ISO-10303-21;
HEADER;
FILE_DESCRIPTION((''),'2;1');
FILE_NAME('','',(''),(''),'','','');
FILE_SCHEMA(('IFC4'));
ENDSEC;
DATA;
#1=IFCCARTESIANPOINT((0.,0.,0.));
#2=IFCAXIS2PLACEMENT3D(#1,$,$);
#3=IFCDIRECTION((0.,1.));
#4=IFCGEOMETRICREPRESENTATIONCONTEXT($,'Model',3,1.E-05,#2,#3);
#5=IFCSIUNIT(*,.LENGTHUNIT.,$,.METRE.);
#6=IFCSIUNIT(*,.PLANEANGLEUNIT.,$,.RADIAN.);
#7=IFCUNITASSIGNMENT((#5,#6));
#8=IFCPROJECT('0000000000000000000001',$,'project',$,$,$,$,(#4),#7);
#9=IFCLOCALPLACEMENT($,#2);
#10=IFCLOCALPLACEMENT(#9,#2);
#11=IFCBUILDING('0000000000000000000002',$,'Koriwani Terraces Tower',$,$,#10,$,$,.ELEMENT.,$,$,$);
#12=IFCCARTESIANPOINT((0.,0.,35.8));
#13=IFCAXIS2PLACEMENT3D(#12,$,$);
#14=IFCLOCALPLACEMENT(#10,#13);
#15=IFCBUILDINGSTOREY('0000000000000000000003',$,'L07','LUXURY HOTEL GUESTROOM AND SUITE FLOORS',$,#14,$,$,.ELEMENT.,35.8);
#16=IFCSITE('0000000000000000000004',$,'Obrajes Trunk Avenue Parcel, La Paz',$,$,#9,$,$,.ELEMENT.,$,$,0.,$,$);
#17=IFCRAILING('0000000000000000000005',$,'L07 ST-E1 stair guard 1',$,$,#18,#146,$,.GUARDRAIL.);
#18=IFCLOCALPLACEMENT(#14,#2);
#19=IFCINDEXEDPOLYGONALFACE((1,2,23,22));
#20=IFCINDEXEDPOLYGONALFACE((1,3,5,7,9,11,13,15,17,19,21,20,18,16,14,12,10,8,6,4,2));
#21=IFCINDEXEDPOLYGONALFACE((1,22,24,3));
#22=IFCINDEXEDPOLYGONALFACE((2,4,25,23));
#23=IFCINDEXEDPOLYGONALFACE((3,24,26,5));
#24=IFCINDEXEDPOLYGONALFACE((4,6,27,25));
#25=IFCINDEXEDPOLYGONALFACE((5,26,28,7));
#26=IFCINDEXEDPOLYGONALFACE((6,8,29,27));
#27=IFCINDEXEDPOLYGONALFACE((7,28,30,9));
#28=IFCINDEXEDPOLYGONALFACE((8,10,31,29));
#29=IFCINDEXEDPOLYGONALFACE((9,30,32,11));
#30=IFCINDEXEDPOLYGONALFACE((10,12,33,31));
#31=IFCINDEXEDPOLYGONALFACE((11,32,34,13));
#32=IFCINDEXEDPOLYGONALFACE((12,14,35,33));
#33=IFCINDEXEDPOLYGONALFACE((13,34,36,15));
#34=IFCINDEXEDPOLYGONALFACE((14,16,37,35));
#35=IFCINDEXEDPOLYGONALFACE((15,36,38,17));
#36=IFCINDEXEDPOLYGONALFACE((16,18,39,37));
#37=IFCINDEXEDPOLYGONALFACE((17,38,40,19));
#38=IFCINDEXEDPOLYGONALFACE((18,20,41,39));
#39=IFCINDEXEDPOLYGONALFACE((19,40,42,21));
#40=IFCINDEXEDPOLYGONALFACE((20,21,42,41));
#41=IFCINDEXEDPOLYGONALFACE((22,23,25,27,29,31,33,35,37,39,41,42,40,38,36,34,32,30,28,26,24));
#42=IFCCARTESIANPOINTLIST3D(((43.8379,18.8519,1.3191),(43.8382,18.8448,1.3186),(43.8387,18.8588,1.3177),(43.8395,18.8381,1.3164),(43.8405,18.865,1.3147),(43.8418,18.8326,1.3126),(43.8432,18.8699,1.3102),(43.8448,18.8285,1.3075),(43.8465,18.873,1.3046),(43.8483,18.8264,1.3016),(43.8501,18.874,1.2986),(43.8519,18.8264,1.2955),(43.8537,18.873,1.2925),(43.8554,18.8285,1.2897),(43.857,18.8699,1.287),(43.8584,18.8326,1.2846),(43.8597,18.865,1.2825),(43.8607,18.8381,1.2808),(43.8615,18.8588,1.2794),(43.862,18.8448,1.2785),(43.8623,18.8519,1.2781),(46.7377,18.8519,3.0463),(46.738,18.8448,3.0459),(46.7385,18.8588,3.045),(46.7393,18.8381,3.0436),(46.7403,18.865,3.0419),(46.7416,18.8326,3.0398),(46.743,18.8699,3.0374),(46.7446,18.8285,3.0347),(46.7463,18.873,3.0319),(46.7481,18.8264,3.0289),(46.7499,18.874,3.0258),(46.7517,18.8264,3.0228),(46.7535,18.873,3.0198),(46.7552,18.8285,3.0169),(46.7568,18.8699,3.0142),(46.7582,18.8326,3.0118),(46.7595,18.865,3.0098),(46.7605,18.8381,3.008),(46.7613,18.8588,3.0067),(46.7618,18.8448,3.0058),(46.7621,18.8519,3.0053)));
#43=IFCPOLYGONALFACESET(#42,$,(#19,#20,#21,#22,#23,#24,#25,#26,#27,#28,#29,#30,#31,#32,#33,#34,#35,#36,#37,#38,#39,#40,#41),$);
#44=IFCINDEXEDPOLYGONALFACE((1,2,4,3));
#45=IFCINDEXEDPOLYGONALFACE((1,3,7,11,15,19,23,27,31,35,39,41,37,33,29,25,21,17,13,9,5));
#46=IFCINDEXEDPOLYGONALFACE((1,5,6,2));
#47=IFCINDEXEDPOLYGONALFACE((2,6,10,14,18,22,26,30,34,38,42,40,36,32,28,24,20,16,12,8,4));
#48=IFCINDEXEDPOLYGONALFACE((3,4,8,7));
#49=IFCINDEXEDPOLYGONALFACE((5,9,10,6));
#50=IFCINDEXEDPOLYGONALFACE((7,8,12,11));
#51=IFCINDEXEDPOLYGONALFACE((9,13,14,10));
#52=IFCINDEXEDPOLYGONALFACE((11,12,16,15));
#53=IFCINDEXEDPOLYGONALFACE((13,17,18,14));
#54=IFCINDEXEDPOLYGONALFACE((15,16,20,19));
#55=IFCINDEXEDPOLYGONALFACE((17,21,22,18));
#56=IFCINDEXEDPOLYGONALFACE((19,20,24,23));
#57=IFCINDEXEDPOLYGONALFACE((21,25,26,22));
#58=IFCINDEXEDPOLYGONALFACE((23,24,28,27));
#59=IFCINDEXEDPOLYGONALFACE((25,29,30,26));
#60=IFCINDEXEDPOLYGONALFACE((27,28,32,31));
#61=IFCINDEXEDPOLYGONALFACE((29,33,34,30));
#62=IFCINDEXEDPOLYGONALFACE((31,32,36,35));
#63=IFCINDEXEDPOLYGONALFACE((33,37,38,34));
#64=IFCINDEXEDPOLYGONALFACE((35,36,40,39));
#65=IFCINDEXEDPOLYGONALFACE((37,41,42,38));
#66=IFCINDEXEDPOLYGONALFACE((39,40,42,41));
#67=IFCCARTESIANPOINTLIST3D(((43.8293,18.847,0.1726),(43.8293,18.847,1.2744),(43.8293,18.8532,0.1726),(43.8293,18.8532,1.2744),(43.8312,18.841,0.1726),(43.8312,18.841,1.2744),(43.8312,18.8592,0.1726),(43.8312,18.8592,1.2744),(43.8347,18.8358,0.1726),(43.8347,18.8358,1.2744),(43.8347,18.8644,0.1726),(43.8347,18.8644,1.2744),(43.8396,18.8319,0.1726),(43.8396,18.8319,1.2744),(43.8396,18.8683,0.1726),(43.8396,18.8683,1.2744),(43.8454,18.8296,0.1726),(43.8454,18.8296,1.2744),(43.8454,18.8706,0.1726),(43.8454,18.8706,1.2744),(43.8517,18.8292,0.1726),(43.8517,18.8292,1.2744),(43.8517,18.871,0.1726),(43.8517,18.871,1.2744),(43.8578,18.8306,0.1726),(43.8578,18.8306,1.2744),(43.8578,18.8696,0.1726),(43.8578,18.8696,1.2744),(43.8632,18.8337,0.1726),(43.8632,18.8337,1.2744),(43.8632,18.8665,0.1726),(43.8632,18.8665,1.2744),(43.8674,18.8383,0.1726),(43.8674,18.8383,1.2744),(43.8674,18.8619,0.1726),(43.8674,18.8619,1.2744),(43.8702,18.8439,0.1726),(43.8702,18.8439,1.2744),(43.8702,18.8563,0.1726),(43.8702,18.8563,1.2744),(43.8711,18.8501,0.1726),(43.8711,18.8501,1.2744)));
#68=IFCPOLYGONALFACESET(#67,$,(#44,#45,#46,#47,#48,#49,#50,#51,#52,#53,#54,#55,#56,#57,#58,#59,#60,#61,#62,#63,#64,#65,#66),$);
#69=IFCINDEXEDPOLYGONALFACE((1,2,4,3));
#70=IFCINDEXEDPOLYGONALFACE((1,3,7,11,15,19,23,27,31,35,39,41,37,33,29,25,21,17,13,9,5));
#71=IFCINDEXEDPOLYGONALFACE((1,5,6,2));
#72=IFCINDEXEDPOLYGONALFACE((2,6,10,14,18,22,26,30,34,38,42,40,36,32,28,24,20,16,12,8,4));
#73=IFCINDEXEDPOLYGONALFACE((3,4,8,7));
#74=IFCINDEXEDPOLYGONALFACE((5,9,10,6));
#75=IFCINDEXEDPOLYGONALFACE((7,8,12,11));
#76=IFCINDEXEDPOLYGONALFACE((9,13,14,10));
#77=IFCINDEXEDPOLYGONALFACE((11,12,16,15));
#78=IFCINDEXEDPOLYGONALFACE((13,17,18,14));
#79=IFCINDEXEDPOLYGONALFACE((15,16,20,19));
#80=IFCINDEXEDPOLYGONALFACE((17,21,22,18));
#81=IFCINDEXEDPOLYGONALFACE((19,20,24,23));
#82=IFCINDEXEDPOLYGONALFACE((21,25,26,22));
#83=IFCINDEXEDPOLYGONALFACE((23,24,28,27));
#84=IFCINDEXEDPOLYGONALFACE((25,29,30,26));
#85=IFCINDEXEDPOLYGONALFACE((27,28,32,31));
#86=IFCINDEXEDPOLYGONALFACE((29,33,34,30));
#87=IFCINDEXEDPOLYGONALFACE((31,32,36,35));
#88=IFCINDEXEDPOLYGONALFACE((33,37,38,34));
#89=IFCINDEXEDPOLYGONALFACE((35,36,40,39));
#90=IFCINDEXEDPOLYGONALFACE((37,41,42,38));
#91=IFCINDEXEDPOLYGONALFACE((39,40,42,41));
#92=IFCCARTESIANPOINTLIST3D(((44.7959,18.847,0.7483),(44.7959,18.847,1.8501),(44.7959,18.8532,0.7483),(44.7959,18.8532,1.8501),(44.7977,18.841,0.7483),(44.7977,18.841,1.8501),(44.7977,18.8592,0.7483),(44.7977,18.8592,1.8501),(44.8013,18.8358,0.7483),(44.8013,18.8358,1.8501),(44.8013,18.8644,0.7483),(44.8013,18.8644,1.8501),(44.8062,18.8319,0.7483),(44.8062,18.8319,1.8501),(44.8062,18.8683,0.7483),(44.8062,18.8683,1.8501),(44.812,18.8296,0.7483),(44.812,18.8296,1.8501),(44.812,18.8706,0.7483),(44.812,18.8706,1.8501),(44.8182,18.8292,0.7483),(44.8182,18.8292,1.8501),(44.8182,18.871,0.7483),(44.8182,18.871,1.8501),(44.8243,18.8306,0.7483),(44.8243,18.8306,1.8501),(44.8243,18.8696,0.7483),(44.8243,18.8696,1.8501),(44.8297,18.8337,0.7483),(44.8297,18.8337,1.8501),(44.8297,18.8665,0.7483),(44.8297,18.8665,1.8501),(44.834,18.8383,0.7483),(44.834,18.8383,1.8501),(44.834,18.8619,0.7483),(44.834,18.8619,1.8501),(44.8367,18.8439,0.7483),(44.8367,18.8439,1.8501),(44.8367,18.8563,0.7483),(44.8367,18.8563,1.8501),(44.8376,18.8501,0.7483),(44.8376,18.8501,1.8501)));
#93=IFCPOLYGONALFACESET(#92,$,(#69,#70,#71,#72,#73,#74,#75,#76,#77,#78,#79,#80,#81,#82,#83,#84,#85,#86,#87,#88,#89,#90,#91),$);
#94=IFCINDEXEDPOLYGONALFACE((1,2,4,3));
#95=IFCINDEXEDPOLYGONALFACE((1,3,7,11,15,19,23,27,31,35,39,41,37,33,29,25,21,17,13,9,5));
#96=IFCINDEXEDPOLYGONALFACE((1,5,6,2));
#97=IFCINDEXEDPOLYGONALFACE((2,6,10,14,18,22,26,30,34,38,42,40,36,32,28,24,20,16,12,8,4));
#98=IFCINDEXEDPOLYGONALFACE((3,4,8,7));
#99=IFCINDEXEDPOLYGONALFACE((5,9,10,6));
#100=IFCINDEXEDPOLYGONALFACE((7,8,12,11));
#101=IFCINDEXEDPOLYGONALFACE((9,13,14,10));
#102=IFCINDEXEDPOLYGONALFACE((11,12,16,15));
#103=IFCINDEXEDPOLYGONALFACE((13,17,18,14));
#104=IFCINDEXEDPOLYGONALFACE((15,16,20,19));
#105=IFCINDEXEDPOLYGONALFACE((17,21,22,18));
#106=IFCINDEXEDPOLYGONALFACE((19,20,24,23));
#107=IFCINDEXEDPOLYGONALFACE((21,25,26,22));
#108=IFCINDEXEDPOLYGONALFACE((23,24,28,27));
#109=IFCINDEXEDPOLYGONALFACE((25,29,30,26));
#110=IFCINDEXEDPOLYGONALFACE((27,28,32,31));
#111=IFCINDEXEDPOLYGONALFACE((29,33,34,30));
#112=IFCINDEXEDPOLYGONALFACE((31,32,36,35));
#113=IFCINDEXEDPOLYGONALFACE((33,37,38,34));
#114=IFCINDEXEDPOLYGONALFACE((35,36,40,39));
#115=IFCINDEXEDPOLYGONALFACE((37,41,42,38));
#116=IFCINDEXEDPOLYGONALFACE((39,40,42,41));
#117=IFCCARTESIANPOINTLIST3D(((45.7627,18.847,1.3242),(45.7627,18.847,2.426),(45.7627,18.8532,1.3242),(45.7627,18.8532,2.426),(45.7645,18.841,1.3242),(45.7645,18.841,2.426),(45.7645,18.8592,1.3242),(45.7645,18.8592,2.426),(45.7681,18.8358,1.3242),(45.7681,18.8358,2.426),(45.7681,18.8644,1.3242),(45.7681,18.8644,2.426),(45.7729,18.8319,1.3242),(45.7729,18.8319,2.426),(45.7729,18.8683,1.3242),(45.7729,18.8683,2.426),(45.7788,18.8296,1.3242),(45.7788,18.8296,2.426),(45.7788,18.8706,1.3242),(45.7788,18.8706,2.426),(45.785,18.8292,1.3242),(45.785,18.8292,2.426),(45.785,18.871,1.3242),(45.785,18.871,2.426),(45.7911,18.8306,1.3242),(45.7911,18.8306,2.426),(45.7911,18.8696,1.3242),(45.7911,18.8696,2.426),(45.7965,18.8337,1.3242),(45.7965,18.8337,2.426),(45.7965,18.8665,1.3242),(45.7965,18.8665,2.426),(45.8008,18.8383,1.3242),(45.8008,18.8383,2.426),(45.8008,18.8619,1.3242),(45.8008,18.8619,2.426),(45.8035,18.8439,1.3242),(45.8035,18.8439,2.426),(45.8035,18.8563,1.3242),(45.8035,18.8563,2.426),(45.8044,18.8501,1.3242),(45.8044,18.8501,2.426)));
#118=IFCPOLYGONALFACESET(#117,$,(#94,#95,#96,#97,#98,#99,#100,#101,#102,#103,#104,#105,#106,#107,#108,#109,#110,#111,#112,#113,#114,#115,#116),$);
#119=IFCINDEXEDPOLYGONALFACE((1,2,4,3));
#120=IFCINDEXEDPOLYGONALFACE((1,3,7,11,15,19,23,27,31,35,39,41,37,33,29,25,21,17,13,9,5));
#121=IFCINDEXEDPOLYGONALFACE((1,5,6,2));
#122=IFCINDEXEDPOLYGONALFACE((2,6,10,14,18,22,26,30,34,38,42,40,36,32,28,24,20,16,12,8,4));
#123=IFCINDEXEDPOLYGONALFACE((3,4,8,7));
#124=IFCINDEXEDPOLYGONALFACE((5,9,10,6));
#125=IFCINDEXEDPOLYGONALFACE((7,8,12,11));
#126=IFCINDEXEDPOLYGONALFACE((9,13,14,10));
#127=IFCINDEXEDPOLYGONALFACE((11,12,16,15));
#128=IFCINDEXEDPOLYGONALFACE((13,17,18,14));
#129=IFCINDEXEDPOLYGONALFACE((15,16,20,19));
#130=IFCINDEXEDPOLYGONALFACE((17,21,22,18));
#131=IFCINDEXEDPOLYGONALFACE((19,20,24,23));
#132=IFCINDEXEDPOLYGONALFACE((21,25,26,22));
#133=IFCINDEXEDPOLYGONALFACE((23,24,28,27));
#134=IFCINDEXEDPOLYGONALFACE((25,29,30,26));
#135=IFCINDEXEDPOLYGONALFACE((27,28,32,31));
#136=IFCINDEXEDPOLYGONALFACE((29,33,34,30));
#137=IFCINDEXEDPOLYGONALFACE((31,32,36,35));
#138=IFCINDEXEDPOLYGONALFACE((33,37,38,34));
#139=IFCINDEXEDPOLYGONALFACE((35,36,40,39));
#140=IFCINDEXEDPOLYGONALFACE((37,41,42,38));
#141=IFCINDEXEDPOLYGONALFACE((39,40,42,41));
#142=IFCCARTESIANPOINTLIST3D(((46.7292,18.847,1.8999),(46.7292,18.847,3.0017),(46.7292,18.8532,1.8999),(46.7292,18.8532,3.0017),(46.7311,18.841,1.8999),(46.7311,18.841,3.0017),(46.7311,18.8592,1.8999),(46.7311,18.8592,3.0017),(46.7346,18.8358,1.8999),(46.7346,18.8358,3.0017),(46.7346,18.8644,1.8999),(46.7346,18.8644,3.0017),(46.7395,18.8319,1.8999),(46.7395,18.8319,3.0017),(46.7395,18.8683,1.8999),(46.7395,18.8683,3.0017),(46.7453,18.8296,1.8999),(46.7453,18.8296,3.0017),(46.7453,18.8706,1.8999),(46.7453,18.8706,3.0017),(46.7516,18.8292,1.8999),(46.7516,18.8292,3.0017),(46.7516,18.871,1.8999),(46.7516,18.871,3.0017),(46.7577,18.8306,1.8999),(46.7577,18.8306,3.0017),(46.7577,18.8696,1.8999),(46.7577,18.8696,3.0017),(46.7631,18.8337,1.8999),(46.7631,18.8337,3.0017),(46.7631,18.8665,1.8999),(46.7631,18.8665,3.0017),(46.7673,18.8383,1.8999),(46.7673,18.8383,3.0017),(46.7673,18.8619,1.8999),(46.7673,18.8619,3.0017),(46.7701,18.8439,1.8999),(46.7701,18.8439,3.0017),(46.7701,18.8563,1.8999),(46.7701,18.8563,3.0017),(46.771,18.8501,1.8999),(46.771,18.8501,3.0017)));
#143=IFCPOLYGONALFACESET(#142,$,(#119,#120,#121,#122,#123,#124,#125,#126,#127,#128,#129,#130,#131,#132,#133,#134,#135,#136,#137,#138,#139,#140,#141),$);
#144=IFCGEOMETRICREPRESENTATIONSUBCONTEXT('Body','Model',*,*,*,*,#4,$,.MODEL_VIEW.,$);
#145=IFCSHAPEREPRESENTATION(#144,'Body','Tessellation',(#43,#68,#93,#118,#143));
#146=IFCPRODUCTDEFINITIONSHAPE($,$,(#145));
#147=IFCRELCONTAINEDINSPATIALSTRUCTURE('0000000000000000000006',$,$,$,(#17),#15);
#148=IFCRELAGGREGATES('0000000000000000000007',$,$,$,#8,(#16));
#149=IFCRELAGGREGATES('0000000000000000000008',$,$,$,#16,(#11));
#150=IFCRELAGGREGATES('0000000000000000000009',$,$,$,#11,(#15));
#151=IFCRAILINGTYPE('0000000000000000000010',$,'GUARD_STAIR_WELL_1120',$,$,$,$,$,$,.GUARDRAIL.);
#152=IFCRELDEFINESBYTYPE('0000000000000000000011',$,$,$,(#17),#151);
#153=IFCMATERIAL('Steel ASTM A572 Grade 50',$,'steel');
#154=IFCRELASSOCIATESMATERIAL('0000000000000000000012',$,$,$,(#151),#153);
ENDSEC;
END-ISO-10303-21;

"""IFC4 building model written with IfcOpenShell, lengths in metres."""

from ifc_helpers import new_model, si_unit, direction, frame, origin, origin_2d, place, context, subcontext, project, spatial, circle, extrude, material, type_object, element, save


model = new_model("IFC4")

# Units and contexts
model_context = context("Model", 3, precision=1e-05, world=origin(), true_north=direction((0.0, 1.0)))
body_context = subcontext(model_context, "Body", "Model", "MODEL_VIEW")
ifc_project = project(units=[si_unit("LENGTHUNIT", "METRE"), si_unit("PLANEANGLEUNIT", "RADIAN")], contexts=[model_context])

# Site, building, storey
site_placement = place(None, origin())
site = spatial("IfcSite", under=ifc_project, at=site_placement, Name="Obrajes Trunk Avenue Parcel, La Paz", CompositionType="ELEMENT", RefElevation=0.0)
building_placement = place(site_placement, origin())
building = spatial("IfcBuilding", under=site, at=building_placement, Name="Koriwani Terraces Tower", CompositionType="ELEMENT")
storey_placement = place(building_placement, frame((0.0, 0.0, 35.8)))
storey = spatial("IfcBuildingStorey", under=building, at=storey_placement, Name="L07", Description="LUXURY HOTEL GUESTROOM AND SUITE FLOORS", CompositionType="ELEMENT", Elevation=35.8)

# Shared definitions
ifc_material_1 = material(Name="Steel ASTM A572 Grade 50", Category="steel")

# Railing
railing_type_1 = type_object("IfcRailingType", Name="GUARD_STAIR_WELL_1120", PredefinedType="GUARDRAIL", material=ifc_material_1)
railing_1_placement = place(storey_placement, frame((43.8501, 18.8501, 0.1726)))
element("IfcRailing", 1, at=railing_1_placement, inside=storey, type_object=railing_type_1, Name="L07 ST-E1 stair guard 1", PredefinedType="GUARDRAIL", context=body_context, shape_type="SweptSolid", body=[
    extrude(circle(Radius=0.0239, at=origin_2d()), frame((0.0, 0.0, 1.126), z_axis=(0.859141, 0.0, 0.511738), x_axis=(0.0, 1.0, 0.0)), (0.0, 0.0, 1.0), 3.3752),
    extrude(circle(Radius=0.021, at=origin_2d()), origin(), (0.0, 0.0, 1.0), 1.1018),
    extrude(circle(Radius=0.021, at=origin_2d()), frame((0.9666, 0.0, 0.5757)), (0.0, 0.0, 1.0), 1.1018),
    extrude(circle(Radius=0.021, at=origin_2d()), frame((1.9333, 0.0, 1.1516)), (0.0, 0.0, 1.0), 1.1018),
    extrude(circle(Radius=0.021, at=origin_2d()), frame((2.8999, 0.0, 1.7273)), (0.0, 0.0, 1.0), 1.1018),
])

save(model, "model.ifc")
